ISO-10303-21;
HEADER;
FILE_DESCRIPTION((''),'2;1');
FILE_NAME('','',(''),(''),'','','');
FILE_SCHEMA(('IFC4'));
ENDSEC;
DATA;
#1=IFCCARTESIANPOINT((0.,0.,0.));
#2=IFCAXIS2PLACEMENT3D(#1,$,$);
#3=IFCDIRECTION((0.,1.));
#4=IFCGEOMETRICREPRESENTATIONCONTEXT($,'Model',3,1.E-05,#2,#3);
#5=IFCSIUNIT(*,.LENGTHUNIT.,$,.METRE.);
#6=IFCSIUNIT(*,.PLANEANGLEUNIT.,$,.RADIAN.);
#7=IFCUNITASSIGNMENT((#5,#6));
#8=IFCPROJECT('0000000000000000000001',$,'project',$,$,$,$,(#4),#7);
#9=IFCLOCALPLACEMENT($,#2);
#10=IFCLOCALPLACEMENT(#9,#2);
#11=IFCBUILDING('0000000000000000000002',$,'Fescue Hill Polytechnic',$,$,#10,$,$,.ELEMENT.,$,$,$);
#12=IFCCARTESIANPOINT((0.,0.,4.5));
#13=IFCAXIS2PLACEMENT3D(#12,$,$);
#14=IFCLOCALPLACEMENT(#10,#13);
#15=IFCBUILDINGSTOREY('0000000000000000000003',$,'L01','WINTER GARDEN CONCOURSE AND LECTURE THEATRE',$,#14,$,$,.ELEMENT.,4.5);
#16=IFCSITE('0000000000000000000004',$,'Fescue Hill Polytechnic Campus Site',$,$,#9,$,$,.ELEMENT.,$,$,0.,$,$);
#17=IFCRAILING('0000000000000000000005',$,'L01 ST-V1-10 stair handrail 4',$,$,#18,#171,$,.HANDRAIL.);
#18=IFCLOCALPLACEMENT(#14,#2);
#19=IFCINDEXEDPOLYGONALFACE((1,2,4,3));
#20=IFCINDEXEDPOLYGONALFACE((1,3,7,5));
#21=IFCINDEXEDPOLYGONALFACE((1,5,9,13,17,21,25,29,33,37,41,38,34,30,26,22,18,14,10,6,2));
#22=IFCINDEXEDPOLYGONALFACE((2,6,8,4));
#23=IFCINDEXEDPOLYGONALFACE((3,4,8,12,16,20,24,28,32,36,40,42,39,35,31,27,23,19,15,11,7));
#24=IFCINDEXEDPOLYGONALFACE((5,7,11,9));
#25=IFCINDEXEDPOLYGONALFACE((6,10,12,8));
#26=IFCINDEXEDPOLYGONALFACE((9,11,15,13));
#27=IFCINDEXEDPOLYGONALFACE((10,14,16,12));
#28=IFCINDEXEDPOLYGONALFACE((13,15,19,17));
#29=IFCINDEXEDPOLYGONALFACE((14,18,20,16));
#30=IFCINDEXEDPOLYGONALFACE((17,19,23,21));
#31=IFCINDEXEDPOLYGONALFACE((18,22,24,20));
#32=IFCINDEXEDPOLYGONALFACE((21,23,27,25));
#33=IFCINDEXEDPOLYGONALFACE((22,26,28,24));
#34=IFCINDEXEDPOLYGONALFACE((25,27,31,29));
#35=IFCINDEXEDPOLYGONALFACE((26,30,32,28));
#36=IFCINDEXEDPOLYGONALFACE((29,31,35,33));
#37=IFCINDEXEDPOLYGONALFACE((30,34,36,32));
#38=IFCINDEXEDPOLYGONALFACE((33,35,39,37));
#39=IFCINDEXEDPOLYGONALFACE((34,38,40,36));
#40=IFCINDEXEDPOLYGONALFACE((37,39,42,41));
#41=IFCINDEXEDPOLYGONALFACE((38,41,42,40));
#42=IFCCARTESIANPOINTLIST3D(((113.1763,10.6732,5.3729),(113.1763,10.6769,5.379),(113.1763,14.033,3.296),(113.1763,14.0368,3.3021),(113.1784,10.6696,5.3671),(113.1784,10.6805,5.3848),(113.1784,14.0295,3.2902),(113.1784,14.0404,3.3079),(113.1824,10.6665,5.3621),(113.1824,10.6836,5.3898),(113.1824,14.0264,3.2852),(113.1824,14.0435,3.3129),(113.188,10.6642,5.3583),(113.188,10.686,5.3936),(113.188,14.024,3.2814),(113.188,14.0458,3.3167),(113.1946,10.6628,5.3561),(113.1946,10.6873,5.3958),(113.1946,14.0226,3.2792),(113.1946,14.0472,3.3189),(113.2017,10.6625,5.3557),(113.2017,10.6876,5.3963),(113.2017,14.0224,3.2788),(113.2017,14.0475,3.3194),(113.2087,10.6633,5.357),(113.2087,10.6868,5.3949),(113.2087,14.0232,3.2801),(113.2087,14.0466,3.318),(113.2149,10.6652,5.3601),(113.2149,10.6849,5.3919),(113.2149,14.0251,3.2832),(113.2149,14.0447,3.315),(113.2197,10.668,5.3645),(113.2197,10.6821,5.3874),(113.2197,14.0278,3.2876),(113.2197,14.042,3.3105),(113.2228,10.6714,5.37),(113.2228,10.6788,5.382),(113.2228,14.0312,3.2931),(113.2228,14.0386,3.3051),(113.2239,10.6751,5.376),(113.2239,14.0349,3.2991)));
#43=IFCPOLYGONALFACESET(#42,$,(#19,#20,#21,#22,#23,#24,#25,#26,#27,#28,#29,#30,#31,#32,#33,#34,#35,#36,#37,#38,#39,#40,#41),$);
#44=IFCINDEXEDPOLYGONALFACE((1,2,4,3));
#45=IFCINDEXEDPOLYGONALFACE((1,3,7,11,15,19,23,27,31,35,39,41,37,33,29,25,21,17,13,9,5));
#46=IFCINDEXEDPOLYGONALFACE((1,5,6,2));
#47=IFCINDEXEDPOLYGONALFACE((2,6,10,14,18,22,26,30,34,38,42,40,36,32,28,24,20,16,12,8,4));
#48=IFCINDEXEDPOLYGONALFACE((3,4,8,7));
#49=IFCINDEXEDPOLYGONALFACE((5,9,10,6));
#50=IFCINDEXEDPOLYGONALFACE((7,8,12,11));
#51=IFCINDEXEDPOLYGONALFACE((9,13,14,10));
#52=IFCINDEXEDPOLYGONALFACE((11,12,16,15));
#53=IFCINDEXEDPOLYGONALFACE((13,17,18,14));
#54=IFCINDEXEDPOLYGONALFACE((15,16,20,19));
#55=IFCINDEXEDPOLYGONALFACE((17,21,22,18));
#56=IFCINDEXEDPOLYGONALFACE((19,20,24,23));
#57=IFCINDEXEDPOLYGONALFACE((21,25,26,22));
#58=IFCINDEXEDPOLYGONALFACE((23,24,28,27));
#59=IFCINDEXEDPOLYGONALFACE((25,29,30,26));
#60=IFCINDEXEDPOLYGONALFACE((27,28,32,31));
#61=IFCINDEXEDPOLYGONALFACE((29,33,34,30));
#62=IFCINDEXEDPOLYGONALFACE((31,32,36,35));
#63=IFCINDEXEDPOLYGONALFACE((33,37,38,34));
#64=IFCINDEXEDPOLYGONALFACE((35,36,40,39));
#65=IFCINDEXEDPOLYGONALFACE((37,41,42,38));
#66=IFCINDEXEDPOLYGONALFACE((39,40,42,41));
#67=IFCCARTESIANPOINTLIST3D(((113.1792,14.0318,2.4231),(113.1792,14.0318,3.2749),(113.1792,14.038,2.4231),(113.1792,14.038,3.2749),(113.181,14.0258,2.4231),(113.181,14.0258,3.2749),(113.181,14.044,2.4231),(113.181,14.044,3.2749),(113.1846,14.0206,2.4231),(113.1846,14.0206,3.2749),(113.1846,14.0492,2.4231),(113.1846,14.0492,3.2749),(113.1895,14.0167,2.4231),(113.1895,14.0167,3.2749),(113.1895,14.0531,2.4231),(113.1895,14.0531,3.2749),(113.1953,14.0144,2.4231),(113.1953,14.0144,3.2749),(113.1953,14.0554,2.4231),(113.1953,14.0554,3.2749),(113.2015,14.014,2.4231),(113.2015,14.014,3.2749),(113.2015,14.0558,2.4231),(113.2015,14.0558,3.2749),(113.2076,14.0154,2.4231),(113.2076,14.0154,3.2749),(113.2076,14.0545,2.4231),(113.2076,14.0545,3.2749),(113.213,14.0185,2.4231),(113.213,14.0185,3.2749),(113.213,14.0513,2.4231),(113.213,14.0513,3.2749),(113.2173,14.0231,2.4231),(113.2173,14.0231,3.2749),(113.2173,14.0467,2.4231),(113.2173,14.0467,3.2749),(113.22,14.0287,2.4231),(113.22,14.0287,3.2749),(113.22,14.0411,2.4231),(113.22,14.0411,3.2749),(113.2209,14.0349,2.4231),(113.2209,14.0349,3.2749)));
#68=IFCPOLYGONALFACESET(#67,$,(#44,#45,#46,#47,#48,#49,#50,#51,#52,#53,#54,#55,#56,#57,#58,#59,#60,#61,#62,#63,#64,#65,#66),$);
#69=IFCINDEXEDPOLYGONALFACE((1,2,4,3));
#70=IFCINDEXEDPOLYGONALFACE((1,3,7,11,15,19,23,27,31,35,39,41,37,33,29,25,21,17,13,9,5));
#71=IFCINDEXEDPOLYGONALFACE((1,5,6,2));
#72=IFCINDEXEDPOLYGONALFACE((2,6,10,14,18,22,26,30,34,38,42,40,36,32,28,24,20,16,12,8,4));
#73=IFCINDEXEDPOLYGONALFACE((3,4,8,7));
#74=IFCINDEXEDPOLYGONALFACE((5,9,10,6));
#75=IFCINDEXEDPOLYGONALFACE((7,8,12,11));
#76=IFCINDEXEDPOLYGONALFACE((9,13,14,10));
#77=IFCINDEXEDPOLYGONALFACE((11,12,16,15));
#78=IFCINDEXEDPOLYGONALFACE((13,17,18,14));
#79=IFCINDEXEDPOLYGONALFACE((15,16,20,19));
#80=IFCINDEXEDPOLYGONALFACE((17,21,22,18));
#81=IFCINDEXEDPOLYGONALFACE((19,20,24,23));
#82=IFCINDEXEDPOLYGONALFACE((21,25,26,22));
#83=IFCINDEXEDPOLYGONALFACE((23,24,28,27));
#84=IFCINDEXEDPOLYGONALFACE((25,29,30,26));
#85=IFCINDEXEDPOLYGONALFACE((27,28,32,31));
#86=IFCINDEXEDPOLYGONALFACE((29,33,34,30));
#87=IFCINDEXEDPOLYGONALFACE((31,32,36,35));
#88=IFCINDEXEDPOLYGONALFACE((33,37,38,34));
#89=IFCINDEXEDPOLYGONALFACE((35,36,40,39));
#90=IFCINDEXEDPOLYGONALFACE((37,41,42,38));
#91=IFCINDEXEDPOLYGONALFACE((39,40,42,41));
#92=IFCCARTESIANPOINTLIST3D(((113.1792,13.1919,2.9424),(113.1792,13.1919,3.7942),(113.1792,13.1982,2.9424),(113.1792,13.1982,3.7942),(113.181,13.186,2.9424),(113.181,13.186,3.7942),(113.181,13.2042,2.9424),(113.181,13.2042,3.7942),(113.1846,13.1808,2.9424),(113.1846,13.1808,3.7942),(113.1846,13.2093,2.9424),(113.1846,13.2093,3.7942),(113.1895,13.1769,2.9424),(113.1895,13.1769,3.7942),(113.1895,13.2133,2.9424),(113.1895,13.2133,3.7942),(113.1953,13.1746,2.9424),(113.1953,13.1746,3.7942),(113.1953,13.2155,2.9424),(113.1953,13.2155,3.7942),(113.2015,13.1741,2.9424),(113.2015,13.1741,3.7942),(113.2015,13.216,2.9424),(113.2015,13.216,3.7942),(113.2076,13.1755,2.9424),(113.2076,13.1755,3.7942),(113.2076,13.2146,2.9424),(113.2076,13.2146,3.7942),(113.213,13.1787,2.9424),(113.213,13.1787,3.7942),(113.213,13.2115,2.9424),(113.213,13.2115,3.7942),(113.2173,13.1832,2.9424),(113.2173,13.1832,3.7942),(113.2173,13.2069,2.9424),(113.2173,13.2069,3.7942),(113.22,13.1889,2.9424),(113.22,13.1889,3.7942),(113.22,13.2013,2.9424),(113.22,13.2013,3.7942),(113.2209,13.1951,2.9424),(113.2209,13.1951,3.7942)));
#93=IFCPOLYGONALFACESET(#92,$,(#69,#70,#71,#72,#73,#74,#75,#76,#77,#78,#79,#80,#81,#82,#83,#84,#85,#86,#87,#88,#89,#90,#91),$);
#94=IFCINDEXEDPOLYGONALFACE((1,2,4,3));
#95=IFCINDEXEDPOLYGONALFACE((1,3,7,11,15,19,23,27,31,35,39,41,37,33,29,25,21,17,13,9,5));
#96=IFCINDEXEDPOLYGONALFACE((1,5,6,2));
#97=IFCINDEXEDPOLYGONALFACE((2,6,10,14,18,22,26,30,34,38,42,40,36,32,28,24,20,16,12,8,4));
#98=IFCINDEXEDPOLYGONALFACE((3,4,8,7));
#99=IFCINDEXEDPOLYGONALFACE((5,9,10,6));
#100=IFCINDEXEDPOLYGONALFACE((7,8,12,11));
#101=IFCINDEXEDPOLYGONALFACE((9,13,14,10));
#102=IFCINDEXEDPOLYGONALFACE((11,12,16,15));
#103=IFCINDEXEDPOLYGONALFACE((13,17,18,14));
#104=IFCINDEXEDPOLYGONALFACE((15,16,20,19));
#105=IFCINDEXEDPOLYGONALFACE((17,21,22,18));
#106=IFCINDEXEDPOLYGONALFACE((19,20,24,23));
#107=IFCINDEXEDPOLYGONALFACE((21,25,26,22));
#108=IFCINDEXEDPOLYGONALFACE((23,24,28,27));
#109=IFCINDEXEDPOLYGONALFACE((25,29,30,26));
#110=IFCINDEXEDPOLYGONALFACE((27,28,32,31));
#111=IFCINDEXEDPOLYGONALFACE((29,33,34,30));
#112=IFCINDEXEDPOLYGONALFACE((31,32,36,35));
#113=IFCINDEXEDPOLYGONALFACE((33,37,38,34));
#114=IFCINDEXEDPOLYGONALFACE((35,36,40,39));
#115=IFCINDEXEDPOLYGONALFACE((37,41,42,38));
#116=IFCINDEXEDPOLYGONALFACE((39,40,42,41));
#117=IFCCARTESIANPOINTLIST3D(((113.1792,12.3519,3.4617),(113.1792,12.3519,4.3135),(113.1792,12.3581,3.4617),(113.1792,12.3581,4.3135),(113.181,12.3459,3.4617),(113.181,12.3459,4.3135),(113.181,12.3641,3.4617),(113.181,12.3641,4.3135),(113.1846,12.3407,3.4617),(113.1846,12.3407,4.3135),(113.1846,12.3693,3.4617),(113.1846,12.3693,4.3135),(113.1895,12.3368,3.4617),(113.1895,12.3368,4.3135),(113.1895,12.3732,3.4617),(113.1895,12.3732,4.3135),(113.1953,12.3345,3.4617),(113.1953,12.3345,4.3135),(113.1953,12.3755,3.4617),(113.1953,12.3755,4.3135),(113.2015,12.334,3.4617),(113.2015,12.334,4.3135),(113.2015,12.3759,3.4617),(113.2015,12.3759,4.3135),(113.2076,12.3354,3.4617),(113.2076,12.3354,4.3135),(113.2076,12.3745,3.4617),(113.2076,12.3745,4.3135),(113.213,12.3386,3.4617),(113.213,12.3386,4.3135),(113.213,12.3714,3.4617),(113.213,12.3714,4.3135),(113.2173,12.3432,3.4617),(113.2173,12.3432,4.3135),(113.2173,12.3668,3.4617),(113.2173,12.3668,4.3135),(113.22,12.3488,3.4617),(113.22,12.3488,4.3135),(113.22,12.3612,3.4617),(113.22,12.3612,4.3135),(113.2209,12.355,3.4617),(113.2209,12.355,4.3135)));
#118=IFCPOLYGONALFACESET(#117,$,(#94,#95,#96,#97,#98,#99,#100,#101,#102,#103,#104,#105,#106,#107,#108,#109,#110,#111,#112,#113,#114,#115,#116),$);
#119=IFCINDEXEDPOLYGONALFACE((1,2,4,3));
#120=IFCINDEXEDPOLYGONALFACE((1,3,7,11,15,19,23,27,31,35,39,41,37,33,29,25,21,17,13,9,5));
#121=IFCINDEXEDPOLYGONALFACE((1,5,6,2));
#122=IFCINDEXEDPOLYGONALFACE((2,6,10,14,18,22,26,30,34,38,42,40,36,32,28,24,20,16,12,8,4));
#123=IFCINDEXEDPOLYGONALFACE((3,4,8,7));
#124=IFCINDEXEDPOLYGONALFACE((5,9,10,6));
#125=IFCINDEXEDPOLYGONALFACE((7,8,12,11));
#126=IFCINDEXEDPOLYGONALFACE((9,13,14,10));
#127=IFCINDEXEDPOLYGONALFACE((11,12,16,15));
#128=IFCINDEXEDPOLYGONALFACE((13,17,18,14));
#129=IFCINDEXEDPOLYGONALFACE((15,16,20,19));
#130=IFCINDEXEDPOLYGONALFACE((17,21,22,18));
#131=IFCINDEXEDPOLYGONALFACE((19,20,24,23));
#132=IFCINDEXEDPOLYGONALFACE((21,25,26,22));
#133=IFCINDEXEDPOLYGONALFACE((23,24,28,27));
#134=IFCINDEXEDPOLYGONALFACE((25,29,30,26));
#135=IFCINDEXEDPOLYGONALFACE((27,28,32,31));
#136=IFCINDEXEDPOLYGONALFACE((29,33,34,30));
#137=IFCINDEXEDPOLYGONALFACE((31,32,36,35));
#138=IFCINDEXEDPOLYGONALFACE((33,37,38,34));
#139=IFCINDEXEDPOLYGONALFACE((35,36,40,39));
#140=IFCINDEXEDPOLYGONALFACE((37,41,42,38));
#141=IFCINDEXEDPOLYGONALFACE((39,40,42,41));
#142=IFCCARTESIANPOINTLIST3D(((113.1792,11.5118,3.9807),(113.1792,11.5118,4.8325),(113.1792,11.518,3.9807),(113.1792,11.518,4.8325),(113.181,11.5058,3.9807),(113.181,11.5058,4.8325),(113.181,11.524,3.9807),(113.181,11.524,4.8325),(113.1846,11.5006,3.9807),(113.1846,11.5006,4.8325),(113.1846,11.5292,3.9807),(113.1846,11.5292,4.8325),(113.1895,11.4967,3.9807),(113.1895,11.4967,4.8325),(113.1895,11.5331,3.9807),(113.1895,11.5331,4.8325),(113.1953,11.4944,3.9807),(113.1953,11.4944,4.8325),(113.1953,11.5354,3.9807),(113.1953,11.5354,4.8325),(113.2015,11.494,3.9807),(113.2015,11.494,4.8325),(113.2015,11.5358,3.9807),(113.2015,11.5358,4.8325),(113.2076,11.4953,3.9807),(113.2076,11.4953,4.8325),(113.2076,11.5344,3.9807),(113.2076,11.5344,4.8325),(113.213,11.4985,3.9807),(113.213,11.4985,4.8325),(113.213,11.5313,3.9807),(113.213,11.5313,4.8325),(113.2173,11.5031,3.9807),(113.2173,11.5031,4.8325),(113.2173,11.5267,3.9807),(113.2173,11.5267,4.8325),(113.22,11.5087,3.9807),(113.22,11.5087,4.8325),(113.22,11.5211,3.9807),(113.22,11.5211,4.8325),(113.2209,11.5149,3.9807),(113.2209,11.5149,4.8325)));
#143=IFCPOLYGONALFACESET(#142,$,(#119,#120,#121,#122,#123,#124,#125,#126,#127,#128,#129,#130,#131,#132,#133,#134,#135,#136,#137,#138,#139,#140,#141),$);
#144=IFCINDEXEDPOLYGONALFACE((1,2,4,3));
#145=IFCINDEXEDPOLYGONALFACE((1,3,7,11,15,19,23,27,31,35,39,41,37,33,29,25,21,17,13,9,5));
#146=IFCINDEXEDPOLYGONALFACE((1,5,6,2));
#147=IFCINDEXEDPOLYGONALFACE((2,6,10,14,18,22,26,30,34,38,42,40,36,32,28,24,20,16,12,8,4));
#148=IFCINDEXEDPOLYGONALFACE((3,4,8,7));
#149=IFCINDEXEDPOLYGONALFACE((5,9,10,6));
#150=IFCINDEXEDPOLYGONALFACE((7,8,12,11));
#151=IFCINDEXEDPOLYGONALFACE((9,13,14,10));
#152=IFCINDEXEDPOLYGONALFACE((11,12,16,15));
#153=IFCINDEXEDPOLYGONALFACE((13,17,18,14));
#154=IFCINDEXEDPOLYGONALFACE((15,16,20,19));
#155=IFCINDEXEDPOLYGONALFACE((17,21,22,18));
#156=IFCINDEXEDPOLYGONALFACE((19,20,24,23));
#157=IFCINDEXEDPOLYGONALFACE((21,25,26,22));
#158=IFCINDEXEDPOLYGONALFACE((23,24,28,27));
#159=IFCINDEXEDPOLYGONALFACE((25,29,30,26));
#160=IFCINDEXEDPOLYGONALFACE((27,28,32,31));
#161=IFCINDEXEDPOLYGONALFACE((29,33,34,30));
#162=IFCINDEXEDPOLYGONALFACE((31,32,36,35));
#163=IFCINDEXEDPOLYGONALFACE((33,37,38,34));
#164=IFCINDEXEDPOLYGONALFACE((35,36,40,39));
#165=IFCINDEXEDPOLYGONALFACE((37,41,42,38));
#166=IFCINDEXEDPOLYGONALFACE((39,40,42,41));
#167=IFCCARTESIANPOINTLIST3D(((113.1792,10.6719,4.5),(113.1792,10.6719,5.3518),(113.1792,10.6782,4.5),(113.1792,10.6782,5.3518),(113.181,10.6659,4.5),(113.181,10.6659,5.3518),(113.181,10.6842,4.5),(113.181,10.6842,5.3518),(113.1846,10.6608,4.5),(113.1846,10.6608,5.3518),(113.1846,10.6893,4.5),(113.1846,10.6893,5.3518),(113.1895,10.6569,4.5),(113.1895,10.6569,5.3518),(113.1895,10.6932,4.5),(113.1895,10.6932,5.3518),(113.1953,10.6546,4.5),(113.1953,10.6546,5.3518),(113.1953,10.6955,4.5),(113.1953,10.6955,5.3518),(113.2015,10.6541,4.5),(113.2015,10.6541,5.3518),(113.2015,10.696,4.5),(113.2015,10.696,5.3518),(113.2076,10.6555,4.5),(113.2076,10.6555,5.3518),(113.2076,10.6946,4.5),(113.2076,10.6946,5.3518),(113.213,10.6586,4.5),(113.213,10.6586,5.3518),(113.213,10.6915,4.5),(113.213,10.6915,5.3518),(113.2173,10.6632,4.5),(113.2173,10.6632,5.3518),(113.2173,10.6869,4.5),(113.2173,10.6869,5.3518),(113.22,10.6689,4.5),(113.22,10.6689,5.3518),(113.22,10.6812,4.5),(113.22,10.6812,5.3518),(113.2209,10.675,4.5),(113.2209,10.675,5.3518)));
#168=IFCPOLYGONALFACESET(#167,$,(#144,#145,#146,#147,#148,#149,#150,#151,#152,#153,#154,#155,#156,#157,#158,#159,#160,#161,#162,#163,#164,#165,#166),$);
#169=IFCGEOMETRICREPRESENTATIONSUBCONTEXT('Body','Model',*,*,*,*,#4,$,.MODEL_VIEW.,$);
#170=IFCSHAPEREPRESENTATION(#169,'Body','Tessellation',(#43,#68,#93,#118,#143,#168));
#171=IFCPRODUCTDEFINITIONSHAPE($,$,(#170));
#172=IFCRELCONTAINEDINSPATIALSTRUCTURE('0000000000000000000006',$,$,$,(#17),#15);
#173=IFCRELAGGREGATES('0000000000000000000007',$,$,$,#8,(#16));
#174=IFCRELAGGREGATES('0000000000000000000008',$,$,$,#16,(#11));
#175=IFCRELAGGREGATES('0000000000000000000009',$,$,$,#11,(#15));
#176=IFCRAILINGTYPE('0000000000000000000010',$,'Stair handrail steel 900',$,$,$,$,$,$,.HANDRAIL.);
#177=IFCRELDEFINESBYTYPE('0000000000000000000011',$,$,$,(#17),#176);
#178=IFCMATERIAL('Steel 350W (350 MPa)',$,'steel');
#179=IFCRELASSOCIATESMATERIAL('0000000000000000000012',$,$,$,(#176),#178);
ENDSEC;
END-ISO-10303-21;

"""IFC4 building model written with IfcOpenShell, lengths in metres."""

from ifc_helpers import new_model, si_unit, direction, frame, origin, origin_2d, place, context, subcontext, project, spatial, circle, extrude, material, type_object, element, save


model = new_model("IFC4")

# Units and contexts
model_context = context("Model", 3, precision=1e-05, world=origin(), true_north=direction((0.0, 1.0)))
body_context = subcontext(model_context, "Body", "Model", "MODEL_VIEW")
ifc_project = project(units=[si_unit("LENGTHUNIT", "METRE"), si_unit("PLANEANGLEUNIT", "RADIAN")], contexts=[model_context])

# Site, building, storey
site_placement = place(None, origin())
site = spatial("IfcSite", under=ifc_project, at=site_placement, Name="Fescue Hill Polytechnic Campus Site", CompositionType="ELEMENT", RefElevation=0.0)
building_placement = place(site_placement, origin())
building = spatial("IfcBuilding", under=site, at=building_placement, Name="Fescue Hill Polytechnic", CompositionType="ELEMENT")
storey_placement = place(building_placement, frame((0.0, 0.0, 4.5)))
storey = spatial("IfcBuildingStorey", under=building, at=storey_placement, Name="L01", Description="WINTER GARDEN CONCOURSE AND LECTURE THEATRE", CompositionType="ELEMENT", Elevation=4.5)

# Railing
ifc_material_1 = material(Name="Steel 350W (350 MPa)", Category="steel")
railing_type_1 = type_object("IfcRailingType", Name="Stair handrail steel 900", PredefinedType="HANDRAIL", material=ifc_material_1)
railing_1_placement = place(storey_placement, frame((113.2, 14.0349, 2.4231)))
element("IfcRailing", 1, at=railing_1_placement, inside=storey, type_object=railing_type_1, Name="L01 ST-V1-10 stair handrail 4", PredefinedType="HANDRAIL", context=body_context, shape_type="SweptSolid", body=[
    extrude(circle(Radius=0.0239, at=origin_2d()), frame((0.0, 0.0, 0.876), z_axis=(0.0, -0.850606, 0.525803), x_axis=(1.0, 0.0, 0.0)), (0.0, 0.0, 1.0), 3.95),
    extrude(circle(Radius=0.021, at=origin_2d()), origin(), (0.0, 0.0, 1.0), 0.8518),
    extrude(circle(Radius=0.021, at=origin_2d()), frame((0.0, -0.8398, 0.5193)), (0.0, 0.0, 1.0), 0.8518),
    extrude(circle(Radius=0.021, at=origin_2d()), frame((0.0, -1.6799, 1.0386)), (0.0, 0.0, 1.0), 0.8518),
    extrude(circle(Radius=0.021, at=origin_2d()), frame((0.0, -2.52, 1.5576)), (0.0, 0.0, 1.0), 0.8518),
    extrude(circle(Radius=0.021, at=origin_2d()), frame((0.0, -3.3599, 2.0769)), (0.0, 0.0, 1.0), 0.8518),
])

save(model, "model.ifc")
